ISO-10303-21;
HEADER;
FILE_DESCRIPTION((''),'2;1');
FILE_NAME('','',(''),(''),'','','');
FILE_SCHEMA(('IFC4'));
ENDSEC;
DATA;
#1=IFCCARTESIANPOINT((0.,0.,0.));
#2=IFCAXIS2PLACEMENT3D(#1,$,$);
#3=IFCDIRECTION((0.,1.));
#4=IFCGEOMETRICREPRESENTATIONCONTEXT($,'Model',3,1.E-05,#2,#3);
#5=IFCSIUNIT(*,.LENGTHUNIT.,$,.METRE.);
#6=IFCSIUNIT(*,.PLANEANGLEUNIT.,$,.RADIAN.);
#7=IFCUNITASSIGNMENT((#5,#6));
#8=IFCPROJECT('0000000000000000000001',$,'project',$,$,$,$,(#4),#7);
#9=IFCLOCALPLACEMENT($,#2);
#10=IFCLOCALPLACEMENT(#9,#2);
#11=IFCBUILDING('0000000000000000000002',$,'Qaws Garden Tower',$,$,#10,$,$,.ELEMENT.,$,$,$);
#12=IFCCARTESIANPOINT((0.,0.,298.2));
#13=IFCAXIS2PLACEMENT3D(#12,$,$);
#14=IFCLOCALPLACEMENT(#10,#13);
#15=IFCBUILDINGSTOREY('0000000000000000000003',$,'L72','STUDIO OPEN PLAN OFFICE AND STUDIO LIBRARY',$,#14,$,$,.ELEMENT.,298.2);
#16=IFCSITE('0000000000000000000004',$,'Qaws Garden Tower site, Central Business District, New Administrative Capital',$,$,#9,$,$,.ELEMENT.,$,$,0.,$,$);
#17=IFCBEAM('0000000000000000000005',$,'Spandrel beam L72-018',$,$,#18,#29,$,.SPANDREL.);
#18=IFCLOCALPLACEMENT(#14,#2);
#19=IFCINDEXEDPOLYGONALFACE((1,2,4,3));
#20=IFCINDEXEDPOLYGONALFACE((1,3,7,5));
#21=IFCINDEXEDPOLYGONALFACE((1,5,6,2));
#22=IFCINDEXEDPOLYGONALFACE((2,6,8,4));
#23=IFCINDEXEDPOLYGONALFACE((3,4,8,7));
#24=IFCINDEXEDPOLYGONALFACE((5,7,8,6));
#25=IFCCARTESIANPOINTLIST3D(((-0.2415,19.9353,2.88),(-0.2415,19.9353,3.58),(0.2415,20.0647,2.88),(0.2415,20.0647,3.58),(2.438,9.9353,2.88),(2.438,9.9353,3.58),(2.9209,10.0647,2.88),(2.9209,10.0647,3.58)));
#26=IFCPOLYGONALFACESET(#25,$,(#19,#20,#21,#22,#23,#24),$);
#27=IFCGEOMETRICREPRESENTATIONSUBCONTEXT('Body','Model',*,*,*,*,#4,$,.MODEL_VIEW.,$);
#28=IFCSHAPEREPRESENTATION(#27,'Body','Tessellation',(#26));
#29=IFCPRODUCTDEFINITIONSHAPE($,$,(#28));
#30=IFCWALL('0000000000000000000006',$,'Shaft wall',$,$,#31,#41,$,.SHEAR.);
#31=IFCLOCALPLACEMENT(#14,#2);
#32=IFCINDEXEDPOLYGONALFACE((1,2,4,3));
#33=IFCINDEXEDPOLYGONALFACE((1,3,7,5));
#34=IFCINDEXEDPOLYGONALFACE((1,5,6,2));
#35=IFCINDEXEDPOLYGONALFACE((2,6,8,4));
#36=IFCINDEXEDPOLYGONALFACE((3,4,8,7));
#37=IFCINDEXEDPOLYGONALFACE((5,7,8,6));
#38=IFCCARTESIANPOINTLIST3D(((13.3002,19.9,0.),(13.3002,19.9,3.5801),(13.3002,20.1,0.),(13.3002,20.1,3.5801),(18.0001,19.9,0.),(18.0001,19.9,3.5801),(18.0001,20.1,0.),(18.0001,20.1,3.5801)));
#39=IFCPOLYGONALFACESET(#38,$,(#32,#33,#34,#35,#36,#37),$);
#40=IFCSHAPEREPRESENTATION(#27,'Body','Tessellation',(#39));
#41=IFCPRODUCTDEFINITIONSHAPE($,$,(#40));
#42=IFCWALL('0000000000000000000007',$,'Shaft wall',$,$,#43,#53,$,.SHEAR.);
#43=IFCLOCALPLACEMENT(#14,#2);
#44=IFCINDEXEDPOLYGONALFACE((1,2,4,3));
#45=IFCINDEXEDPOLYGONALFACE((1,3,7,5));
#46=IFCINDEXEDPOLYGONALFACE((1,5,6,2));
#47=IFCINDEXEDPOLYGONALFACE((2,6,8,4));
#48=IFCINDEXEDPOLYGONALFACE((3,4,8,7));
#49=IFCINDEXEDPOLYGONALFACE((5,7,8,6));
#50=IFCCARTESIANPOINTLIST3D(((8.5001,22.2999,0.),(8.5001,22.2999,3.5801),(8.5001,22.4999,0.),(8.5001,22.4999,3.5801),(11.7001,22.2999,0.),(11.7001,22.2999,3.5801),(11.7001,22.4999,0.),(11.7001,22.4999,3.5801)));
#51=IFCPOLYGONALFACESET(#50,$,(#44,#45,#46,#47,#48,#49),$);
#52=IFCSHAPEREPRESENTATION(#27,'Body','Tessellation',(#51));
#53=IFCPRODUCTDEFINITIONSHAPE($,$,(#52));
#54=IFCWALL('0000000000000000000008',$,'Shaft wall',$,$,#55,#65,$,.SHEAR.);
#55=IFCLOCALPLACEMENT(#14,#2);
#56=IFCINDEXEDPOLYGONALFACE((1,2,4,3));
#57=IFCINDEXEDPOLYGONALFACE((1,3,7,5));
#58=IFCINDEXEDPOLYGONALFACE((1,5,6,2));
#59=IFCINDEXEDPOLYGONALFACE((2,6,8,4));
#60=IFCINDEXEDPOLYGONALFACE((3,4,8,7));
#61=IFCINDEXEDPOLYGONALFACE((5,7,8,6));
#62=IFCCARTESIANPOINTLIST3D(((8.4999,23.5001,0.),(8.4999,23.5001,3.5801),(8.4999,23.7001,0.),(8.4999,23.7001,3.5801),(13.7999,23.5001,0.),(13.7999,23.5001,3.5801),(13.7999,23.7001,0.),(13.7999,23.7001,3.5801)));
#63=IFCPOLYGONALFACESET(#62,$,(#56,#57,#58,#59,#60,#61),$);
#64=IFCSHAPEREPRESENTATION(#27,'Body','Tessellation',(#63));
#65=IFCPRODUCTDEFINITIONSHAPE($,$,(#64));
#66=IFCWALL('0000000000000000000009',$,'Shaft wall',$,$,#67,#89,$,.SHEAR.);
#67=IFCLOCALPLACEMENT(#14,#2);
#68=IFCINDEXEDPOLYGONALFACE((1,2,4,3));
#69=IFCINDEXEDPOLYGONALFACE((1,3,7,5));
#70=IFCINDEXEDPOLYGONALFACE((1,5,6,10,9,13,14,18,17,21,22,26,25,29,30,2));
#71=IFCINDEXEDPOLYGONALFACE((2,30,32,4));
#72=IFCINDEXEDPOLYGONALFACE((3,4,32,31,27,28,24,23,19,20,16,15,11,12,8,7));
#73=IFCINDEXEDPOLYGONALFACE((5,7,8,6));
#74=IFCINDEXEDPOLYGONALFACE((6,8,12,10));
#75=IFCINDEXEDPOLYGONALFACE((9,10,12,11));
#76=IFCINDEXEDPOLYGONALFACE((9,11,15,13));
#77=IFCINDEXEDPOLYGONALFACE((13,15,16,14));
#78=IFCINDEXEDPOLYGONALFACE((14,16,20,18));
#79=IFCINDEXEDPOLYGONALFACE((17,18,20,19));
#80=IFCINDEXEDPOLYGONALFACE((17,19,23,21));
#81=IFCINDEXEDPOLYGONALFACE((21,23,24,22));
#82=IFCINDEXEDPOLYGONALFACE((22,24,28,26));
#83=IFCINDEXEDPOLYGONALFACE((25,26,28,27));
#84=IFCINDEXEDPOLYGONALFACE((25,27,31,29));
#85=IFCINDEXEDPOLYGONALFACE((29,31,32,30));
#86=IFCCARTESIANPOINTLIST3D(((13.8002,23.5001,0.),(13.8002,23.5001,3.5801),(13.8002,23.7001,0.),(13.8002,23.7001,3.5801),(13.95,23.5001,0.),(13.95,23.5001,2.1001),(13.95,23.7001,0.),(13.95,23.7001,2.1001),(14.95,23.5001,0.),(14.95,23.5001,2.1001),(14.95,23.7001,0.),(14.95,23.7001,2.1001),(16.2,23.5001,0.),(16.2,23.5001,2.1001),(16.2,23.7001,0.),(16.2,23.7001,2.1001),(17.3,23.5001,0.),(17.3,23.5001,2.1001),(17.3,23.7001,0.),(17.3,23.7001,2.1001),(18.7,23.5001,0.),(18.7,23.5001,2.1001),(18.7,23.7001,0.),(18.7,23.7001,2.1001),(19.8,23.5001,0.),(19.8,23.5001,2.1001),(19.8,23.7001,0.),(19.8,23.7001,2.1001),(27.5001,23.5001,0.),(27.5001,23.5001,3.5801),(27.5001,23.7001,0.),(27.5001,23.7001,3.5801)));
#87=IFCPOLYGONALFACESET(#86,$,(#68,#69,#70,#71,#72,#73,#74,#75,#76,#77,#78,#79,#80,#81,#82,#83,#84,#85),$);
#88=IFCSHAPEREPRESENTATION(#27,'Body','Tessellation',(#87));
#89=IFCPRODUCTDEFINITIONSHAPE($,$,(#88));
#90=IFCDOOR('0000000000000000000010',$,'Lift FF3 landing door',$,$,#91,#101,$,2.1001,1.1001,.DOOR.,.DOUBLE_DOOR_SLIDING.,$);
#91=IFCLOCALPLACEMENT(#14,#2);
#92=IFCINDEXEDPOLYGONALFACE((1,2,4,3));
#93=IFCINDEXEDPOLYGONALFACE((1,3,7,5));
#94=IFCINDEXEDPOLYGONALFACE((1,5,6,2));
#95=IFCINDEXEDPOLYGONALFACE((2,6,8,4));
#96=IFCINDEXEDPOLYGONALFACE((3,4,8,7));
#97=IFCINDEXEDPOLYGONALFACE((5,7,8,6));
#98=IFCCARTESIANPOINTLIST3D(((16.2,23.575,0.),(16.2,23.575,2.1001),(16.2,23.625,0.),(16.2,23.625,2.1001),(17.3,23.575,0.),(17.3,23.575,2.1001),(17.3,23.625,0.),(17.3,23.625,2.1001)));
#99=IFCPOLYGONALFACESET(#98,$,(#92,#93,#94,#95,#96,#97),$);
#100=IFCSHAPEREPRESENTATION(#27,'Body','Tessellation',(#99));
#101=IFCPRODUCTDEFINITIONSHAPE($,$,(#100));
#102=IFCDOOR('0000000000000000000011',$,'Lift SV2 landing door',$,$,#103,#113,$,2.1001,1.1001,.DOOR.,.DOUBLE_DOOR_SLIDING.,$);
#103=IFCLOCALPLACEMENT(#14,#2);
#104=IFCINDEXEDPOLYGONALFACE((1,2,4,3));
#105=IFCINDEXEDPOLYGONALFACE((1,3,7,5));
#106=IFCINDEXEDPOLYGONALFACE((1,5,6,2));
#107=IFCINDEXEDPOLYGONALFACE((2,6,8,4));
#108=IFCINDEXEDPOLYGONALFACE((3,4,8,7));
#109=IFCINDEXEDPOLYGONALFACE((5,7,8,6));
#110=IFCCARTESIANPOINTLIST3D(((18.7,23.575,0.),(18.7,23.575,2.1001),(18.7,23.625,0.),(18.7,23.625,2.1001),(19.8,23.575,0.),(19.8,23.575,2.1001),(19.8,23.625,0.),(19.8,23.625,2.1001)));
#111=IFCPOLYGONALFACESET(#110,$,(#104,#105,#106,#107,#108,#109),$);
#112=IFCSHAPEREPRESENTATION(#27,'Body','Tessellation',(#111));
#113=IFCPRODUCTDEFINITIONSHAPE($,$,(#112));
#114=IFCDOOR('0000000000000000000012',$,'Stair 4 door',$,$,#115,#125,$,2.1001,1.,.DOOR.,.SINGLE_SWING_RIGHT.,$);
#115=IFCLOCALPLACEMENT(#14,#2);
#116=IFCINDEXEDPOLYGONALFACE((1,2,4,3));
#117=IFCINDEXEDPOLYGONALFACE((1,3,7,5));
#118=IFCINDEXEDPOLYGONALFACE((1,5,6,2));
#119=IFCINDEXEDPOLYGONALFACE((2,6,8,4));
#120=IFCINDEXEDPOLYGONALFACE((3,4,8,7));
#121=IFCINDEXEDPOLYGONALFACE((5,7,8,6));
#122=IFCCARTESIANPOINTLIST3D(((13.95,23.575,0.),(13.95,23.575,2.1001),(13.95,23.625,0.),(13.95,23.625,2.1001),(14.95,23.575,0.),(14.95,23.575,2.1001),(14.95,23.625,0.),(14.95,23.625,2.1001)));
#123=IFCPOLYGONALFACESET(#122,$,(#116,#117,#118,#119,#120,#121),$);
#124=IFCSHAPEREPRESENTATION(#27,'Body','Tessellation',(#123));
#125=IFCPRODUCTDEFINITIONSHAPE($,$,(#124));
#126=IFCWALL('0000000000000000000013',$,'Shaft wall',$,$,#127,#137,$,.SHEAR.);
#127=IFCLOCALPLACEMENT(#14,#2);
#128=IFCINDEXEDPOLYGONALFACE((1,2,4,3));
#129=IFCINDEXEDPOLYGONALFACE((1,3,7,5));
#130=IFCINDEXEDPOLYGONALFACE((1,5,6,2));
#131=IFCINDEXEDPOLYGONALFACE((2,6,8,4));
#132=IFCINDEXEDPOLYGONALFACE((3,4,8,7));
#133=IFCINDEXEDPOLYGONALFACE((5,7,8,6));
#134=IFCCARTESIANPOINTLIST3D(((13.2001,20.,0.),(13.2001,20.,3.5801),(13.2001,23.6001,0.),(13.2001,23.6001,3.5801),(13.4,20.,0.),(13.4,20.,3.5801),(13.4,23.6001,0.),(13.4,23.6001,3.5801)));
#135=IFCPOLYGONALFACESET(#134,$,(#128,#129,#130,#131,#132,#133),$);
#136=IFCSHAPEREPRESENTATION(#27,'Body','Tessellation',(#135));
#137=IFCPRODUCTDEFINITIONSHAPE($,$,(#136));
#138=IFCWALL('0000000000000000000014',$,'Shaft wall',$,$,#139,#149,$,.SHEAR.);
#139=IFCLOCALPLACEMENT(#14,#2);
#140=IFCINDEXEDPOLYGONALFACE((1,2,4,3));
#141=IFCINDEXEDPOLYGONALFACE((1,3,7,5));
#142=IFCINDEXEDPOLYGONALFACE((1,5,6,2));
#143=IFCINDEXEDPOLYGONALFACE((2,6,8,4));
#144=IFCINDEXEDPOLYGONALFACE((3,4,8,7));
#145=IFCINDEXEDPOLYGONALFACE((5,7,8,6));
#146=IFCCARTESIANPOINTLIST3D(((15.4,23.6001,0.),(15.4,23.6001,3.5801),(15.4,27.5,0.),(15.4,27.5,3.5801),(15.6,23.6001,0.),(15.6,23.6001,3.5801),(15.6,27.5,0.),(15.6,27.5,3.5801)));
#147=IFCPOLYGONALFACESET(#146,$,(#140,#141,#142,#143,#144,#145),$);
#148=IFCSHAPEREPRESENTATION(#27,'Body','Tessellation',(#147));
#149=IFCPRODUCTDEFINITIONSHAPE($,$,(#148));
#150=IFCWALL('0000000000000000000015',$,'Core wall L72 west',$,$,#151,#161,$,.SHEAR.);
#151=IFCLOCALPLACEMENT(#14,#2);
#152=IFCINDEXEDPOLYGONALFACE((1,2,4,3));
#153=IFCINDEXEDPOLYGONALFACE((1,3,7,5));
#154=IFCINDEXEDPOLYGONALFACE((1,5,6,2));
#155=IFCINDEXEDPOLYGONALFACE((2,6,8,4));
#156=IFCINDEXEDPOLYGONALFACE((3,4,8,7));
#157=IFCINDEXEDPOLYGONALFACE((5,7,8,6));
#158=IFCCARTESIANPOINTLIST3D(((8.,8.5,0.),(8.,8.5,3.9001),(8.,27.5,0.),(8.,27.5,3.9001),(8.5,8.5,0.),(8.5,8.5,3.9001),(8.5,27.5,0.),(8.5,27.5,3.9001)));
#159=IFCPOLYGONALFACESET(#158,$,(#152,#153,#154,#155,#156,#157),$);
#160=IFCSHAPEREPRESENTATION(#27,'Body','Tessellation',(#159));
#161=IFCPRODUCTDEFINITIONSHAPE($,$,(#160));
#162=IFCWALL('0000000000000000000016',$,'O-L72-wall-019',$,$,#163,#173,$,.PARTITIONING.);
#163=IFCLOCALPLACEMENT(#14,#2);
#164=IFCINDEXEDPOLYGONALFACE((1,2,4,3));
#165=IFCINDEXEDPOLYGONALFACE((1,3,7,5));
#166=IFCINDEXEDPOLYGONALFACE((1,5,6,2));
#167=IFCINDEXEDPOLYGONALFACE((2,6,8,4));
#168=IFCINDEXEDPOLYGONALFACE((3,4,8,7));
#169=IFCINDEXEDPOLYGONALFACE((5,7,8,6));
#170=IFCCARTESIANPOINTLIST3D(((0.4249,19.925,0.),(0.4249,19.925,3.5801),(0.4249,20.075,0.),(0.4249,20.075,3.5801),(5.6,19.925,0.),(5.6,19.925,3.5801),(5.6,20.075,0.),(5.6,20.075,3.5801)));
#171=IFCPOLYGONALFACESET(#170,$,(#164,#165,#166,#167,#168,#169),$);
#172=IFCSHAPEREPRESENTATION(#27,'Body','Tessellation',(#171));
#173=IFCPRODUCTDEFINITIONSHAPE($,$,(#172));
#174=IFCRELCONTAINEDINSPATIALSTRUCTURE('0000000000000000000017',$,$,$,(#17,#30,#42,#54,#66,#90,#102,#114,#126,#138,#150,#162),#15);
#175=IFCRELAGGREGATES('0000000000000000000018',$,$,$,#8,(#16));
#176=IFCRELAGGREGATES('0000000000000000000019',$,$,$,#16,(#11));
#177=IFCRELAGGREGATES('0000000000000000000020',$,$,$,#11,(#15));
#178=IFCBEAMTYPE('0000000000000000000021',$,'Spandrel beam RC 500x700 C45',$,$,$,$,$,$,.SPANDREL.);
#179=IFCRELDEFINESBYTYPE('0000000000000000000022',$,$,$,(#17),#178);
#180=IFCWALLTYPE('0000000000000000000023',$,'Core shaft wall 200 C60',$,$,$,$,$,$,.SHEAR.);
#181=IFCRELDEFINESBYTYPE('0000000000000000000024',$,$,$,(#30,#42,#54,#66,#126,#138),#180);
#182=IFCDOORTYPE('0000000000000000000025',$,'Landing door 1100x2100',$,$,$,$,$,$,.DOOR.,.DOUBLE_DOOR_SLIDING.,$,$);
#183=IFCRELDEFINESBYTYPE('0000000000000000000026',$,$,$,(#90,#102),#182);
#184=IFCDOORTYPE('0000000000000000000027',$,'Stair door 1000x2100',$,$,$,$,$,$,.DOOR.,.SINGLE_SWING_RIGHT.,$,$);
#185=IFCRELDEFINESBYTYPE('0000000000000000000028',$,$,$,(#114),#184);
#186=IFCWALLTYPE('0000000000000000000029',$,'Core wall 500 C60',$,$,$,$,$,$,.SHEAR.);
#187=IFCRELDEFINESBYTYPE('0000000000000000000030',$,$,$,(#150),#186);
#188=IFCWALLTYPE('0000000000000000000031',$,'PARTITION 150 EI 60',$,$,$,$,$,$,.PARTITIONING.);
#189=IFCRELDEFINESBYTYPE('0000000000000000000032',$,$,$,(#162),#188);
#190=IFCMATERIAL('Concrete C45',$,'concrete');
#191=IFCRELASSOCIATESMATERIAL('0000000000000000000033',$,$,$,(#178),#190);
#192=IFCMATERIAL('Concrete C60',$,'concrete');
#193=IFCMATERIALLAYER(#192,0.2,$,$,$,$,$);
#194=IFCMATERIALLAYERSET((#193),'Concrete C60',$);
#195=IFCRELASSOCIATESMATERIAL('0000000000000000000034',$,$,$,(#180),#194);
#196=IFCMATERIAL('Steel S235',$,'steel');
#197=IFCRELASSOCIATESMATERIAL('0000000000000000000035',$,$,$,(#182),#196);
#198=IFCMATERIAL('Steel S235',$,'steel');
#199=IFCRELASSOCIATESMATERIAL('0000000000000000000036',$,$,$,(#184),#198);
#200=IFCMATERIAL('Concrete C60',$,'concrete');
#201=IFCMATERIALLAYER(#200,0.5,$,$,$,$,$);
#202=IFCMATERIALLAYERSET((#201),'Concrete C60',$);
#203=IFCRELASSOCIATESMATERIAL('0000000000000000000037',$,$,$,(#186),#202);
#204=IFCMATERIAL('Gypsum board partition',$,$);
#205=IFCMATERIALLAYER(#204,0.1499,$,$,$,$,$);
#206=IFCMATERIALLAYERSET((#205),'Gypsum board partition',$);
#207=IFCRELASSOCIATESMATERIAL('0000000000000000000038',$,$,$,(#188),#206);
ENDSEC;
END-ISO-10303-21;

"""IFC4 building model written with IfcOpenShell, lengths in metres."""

from ifc_helpers import new_model, si_unit, direction, frame, frame_2d, origin, origin_2d, place, context, subcontext, project, spatial, rectangle, extrude, material, layer, layer_set, material_profile, profile_set, type_object, element, fill, save


model = new_model("IFC4")

# Units and contexts
model_context = context("Model", 3, precision=1e-05, world=origin(), true_north=direction((0.0, 1.0)))
body_context = subcontext(model_context, "Body", "Model", "MODEL_VIEW")
ifc_project = project(units=[si_unit("LENGTHUNIT", "METRE"), si_unit("PLANEANGLEUNIT", "RADIAN")], contexts=[model_context])

# Site, building, storey
site_placement = place(None, origin())
site = spatial("IfcSite", under=ifc_project, at=site_placement, Name="Qaws Garden Tower site, Central Business District, New Administrative Capital", CompositionType="ELEMENT", RefElevation=0.0)
building_placement = place(site_placement, origin())
building = spatial("IfcBuilding", under=site, at=building_placement, Name="Qaws Garden Tower", CompositionType="ELEMENT")
storey_placement = place(building_placement, frame((0.0, 0.0, 298.2)))
storey = spatial("IfcBuildingStorey", under=building, at=storey_placement, Name="L72", Description="STUDIO OPEN PLAN OFFICE AND STUDIO LIBRARY", CompositionType="ELEMENT", Elevation=298.2)

# Beam
ifc_material_1 = material(Name="Concrete C45", Category="concrete")
ifc_material_profile = material_profile(ifc_material_1, rectangle(XDim=0.5, YDim=0.7, at=origin_2d()), Name="RC 500x700")
ifc_profile_set = profile_set([ifc_material_profile], Name="Concrete C45")
beam_type = type_object("IfcBeamType", Name="Spandrel beam RC 500x700 C45", PredefinedType="SPANDREL", material=ifc_profile_set)
beam_placement = place(storey_placement, frame((0.0, 20.0, 3.23), z_axis=(0.258815, -0.965927, 0.0), x_axis=(0.965927, 0.258815, 0.0)))
element("IfcBeam", 1, at=beam_placement, inside=storey, type_object=beam_type, Name="Spandrel beam L72-018", PredefinedType="SPANDREL", context=body_context, shape_type="SweptSolid", body=[
    extrude(rectangle(XDim=0.5, YDim=0.7, at=origin_2d()), origin(), (0.0, 0.0, 1.0), 10.3528),
])

# Walls
ifc_material_2 = material(Name="Concrete C60", Category="concrete")
ifc_layer_1 = layer(ifc_material_2, 0.2)
ifc_layer_set_1 = layer_set([ifc_layer_1], Name="Concrete C60")
wall_type_1 = type_object("IfcWallType", Name="Core shaft wall 200 C60", PredefinedType="SHEAR", material=ifc_layer_set_1)
wall_1_placement = place(storey_placement, frame((13.3, 20.0, 0.0), z_axis=(0.0, 0.0, 1.0), x_axis=(1.0, 0.0, 0.0)))
element("IfcWall", 2, at=wall_1_placement, inside=storey, type_object=wall_type_1, Name="Shaft wall", PredefinedType="SHEAR", context=body_context, shape_type="SweptSolid", body=[
    extrude(rectangle(XDim=4.7, YDim=0.2, at=frame_2d((2.3501, 0.0))), origin(), (0.0, 0.0, 1.0), 3.5801),
])
wall_2_placement = place(storey_placement, frame((8.5, 22.3999, 0.0), z_axis=(0.0, 0.0, 1.0), x_axis=(1.0, 0.0, 0.0)))
element("IfcWall", 3, at=wall_2_placement, inside=storey, type_object=wall_type_1, Name="Shaft wall", PredefinedType="SHEAR", context=body_context, shape_type="SweptSolid", body=[
    extrude(rectangle(XDim=3.2, YDim=0.2, at=frame_2d((1.6001, 0.0))), origin(), (0.0, 0.0, 1.0), 3.5801),
])
wall_3_placement = place(storey_placement, frame((8.5, 23.6001, 0.0), z_axis=(0.0, 0.0, 1.0), x_axis=(1.0, 0.0, 0.0)))
element("IfcWall", 4, at=wall_3_placement, inside=storey, type_object=wall_type_1, Name="Shaft wall", PredefinedType="SHEAR", context=body_context, shape_type="SweptSolid", body=[
    extrude(rectangle(XDim=5.3, YDim=0.2, at=frame_2d((2.6499, 0.0))), origin(), (0.0, 0.0, 1.0), 3.5801),
])

# Wall, openings, doors
wall_4_placement = place(storey_placement, frame((13.8, 23.6001, 0.0), z_axis=(0.0, 0.0, 1.0), x_axis=(1.0, 0.0, 0.0)))
wall_4 = element("IfcWall", 5, at=wall_4_placement, inside=storey, type_object=wall_type_1, Name="Shaft wall", PredefinedType="SHEAR", context=body_context, shape_type="SweptSolid", body=[
    extrude(rectangle(XDim=13.7, YDim=0.2, at=frame_2d((6.8501, 0.0))), origin(), (0.0, 0.0, 1.0), 3.5801),
])
opening_1_placement = place(wall_4_placement, frame((2.3999, 0.0, 0.0)))
opening_1 = element("IfcOpeningElement", 6, at=opening_1_placement, cuts=wall_4, PredefinedType="OPENING", context=body_context, shape_type="SweptSolid", body=[
    extrude(rectangle(XDim=1.1001, YDim=2.1001, at=frame_2d((0.55, 1.05))), frame((0.0, 0.1099, 0.0), z_axis=(0.0, -1.0, 0.0), x_axis=(1.0, 0.0, 0.0)), (0.0, 0.0, 1.0), 0.22),
])
opening_2_placement = place(wall_4_placement, frame((4.8999, 0.0, 0.0)))
opening_2 = element("IfcOpeningElement", 7, at=opening_2_placement, cuts=wall_4, PredefinedType="OPENING", context=body_context, shape_type="SweptSolid", body=[
    extrude(rectangle(XDim=1.1001, YDim=2.1001, at=frame_2d((0.55, 1.05))), frame((0.0, 0.1099, 0.0), z_axis=(0.0, -1.0, 0.0), x_axis=(1.0, 0.0, 0.0)), (0.0, 0.0, 1.0), 0.22),
])
opening_3_placement = place(wall_4_placement, frame((0.1499, 0.0, 0.0)))
opening_3 = element("IfcOpeningElement", 8, at=opening_3_placement, cuts=wall_4, PredefinedType="OPENING", context=body_context, shape_type="SweptSolid", body=[
    extrude(rectangle(XDim=1.0, YDim=2.1001, at=frame_2d((0.5, 1.05))), frame((0.0, 0.1099, 0.0), z_axis=(0.0, -1.0, 0.0), x_axis=(1.0, 0.0, 0.0)), (0.0, 0.0, 1.0), 0.22),
])
ifc_material_3 = material(Name="Steel S235", Category="steel")
door_type_1 = type_object("IfcDoorType", Name="Landing door 1100x2100", OperationType="DOUBLE_DOOR_SLIDING", PredefinedType="DOOR", material=ifc_material_3)
door_1_placement = place(opening_1_placement, origin())
door_1 = element("IfcDoor", 9, at=door_1_placement, inside=storey, type_object=door_type_1, Name="Lift FF3 landing door", OperationType="DOUBLE_DOOR_SLIDING", OverallHeight=2.1001, OverallWidth=1.1001, PredefinedType="DOOR", context=body_context, shape_type="SweptSolid", body=[
    extrude(rectangle(XDim=1.1001, YDim=2.1001, at=frame_2d((0.55, 1.05))), frame((0.0, 0.0249, 0.0), z_axis=(0.0, -1.0, 0.0), x_axis=(1.0, 0.0, 0.0)), (0.0, 0.0, 1.0), 0.05),
])
fill(opening_1, door_1)
door_2_placement = place(opening_2_placement, origin())
door_2 = element("IfcDoor", 10, at=door_2_placement, inside=storey, type_object=door_type_1, Name="Lift SV2 landing door", OperationType="DOUBLE_DOOR_SLIDING", OverallHeight=2.1001, OverallWidth=1.1001, PredefinedType="DOOR", context=body_context, shape_type="SweptSolid", body=[
    extrude(rectangle(XDim=1.1001, YDim=2.1001, at=frame_2d((0.55, 1.05))), frame((0.0, 0.0249, 0.0), z_axis=(0.0, -1.0, 0.0), x_axis=(1.0, 0.0, 0.0)), (0.0, 0.0, 1.0), 0.05),
])
fill(opening_2, door_2)
ifc_material_4 = material(Name="Steel S235", Category="steel")
door_type_2 = type_object("IfcDoorType", Name="Stair door 1000x2100", OperationType="SINGLE_SWING_RIGHT", PredefinedType="DOOR", material=ifc_material_4)
door_3_placement = place(opening_3_placement, origin())
door_3 = element("IfcDoor", 11, at=door_3_placement, inside=storey, type_object=door_type_2, Name="Stair 4 door", OperationType="SINGLE_SWING_RIGHT", OverallHeight=2.1001, OverallWidth=1.0, PredefinedType="DOOR", context=body_context, shape_type="SweptSolid", body=[
    extrude(rectangle(XDim=1.0, YDim=2.1001, at=frame_2d((0.5, 1.05))), frame((0.0, 0.0249, 0.0), z_axis=(0.0, -1.0, 0.0), x_axis=(1.0, 0.0, 0.0)), (0.0, 0.0, 1.0), 0.05),
])
fill(opening_3, door_3)

# Walls
wall_5_placement = place(storey_placement, frame((13.3, 20.0, 0.0), z_axis=(0.0, 0.0, 1.0), x_axis=(0.0, 1.0, 0.0)))
element("IfcWall", 12, at=wall_5_placement, inside=storey, type_object=wall_type_1, Name="Shaft wall", PredefinedType="SHEAR", context=body_context, shape_type="SweptSolid", body=[
    extrude(rectangle(XDim=3.6001, YDim=0.2, at=frame_2d((1.8, 0.0))), origin(), (0.0, 0.0, 1.0), 3.5801),
])
wall_6_placement = place(storey_placement, frame((15.5, 23.6001, 0.0), z_axis=(0.0, 0.0, 1.0), x_axis=(0.0, 1.0, 0.0)))
element("IfcWall", 13, at=wall_6_placement, inside=storey, type_object=wall_type_1, Name="Shaft wall", PredefinedType="SHEAR", context=body_context, shape_type="SweptSolid", body=[
    extrude(rectangle(XDim=3.8999, YDim=0.2, at=frame_2d((1.95, 0.0))), origin(), (0.0, 0.0, 1.0), 3.5801),
])
ifc_material_5 = material(Name="Concrete C60", Category="concrete")
ifc_layer_2 = layer(ifc_material_5, 0.5)
ifc_layer_set_2 = layer_set([ifc_layer_2], Name="Concrete C60")
wall_type_2 = type_object("IfcWallType", Name="Core wall 500 C60", PredefinedType="SHEAR", material=ifc_layer_set_2)
wall_7_placement = place(storey_placement, frame((8.25, 27.5, 0.0), z_axis=(0.0, 0.0, 1.0), x_axis=(0.0, -1.0, 0.0)))
element("IfcWall", 14, at=wall_7_placement, inside=storey, type_object=wall_type_2, Name="Core wall L72 west", PredefinedType="SHEAR", context=body_context, shape_type="SweptSolid", body=[
    extrude(rectangle(XDim=19.0, YDim=0.5, at=frame_2d((9.5, 0.0))), origin(), (0.0, 0.0, 1.0), 3.9001),
])
ifc_material_6 = material(Name="Gypsum board partition")
ifc_layer_3 = layer(ifc_material_6, 0.1499)
ifc_layer_set_3 = layer_set([ifc_layer_3], Name="Gypsum board partition")
wall_type_3 = type_object("IfcWallType", Name="PARTITION 150 EI 60", PredefinedType="PARTITIONING", material=ifc_layer_set_3)
wall_8_placement = place(storey_placement, frame((0.425, 20.0, 0.0), z_axis=(0.0, 0.0, 1.0), x_axis=(1.0, 0.0, 0.0)))
element("IfcWall", 15, at=wall_8_placement, inside=storey, type_object=wall_type_3, Name="O-L72-wall-019", PredefinedType="PARTITIONING", context=body_context, shape_type="SweptSolid", body=[
    extrude(rectangle(XDim=5.175, YDim=0.1499, at=frame_2d((2.5874, 0.0))), origin(), (0.0, 0.0, 1.0), 3.5801),
])

save(model, "model.ifc")
